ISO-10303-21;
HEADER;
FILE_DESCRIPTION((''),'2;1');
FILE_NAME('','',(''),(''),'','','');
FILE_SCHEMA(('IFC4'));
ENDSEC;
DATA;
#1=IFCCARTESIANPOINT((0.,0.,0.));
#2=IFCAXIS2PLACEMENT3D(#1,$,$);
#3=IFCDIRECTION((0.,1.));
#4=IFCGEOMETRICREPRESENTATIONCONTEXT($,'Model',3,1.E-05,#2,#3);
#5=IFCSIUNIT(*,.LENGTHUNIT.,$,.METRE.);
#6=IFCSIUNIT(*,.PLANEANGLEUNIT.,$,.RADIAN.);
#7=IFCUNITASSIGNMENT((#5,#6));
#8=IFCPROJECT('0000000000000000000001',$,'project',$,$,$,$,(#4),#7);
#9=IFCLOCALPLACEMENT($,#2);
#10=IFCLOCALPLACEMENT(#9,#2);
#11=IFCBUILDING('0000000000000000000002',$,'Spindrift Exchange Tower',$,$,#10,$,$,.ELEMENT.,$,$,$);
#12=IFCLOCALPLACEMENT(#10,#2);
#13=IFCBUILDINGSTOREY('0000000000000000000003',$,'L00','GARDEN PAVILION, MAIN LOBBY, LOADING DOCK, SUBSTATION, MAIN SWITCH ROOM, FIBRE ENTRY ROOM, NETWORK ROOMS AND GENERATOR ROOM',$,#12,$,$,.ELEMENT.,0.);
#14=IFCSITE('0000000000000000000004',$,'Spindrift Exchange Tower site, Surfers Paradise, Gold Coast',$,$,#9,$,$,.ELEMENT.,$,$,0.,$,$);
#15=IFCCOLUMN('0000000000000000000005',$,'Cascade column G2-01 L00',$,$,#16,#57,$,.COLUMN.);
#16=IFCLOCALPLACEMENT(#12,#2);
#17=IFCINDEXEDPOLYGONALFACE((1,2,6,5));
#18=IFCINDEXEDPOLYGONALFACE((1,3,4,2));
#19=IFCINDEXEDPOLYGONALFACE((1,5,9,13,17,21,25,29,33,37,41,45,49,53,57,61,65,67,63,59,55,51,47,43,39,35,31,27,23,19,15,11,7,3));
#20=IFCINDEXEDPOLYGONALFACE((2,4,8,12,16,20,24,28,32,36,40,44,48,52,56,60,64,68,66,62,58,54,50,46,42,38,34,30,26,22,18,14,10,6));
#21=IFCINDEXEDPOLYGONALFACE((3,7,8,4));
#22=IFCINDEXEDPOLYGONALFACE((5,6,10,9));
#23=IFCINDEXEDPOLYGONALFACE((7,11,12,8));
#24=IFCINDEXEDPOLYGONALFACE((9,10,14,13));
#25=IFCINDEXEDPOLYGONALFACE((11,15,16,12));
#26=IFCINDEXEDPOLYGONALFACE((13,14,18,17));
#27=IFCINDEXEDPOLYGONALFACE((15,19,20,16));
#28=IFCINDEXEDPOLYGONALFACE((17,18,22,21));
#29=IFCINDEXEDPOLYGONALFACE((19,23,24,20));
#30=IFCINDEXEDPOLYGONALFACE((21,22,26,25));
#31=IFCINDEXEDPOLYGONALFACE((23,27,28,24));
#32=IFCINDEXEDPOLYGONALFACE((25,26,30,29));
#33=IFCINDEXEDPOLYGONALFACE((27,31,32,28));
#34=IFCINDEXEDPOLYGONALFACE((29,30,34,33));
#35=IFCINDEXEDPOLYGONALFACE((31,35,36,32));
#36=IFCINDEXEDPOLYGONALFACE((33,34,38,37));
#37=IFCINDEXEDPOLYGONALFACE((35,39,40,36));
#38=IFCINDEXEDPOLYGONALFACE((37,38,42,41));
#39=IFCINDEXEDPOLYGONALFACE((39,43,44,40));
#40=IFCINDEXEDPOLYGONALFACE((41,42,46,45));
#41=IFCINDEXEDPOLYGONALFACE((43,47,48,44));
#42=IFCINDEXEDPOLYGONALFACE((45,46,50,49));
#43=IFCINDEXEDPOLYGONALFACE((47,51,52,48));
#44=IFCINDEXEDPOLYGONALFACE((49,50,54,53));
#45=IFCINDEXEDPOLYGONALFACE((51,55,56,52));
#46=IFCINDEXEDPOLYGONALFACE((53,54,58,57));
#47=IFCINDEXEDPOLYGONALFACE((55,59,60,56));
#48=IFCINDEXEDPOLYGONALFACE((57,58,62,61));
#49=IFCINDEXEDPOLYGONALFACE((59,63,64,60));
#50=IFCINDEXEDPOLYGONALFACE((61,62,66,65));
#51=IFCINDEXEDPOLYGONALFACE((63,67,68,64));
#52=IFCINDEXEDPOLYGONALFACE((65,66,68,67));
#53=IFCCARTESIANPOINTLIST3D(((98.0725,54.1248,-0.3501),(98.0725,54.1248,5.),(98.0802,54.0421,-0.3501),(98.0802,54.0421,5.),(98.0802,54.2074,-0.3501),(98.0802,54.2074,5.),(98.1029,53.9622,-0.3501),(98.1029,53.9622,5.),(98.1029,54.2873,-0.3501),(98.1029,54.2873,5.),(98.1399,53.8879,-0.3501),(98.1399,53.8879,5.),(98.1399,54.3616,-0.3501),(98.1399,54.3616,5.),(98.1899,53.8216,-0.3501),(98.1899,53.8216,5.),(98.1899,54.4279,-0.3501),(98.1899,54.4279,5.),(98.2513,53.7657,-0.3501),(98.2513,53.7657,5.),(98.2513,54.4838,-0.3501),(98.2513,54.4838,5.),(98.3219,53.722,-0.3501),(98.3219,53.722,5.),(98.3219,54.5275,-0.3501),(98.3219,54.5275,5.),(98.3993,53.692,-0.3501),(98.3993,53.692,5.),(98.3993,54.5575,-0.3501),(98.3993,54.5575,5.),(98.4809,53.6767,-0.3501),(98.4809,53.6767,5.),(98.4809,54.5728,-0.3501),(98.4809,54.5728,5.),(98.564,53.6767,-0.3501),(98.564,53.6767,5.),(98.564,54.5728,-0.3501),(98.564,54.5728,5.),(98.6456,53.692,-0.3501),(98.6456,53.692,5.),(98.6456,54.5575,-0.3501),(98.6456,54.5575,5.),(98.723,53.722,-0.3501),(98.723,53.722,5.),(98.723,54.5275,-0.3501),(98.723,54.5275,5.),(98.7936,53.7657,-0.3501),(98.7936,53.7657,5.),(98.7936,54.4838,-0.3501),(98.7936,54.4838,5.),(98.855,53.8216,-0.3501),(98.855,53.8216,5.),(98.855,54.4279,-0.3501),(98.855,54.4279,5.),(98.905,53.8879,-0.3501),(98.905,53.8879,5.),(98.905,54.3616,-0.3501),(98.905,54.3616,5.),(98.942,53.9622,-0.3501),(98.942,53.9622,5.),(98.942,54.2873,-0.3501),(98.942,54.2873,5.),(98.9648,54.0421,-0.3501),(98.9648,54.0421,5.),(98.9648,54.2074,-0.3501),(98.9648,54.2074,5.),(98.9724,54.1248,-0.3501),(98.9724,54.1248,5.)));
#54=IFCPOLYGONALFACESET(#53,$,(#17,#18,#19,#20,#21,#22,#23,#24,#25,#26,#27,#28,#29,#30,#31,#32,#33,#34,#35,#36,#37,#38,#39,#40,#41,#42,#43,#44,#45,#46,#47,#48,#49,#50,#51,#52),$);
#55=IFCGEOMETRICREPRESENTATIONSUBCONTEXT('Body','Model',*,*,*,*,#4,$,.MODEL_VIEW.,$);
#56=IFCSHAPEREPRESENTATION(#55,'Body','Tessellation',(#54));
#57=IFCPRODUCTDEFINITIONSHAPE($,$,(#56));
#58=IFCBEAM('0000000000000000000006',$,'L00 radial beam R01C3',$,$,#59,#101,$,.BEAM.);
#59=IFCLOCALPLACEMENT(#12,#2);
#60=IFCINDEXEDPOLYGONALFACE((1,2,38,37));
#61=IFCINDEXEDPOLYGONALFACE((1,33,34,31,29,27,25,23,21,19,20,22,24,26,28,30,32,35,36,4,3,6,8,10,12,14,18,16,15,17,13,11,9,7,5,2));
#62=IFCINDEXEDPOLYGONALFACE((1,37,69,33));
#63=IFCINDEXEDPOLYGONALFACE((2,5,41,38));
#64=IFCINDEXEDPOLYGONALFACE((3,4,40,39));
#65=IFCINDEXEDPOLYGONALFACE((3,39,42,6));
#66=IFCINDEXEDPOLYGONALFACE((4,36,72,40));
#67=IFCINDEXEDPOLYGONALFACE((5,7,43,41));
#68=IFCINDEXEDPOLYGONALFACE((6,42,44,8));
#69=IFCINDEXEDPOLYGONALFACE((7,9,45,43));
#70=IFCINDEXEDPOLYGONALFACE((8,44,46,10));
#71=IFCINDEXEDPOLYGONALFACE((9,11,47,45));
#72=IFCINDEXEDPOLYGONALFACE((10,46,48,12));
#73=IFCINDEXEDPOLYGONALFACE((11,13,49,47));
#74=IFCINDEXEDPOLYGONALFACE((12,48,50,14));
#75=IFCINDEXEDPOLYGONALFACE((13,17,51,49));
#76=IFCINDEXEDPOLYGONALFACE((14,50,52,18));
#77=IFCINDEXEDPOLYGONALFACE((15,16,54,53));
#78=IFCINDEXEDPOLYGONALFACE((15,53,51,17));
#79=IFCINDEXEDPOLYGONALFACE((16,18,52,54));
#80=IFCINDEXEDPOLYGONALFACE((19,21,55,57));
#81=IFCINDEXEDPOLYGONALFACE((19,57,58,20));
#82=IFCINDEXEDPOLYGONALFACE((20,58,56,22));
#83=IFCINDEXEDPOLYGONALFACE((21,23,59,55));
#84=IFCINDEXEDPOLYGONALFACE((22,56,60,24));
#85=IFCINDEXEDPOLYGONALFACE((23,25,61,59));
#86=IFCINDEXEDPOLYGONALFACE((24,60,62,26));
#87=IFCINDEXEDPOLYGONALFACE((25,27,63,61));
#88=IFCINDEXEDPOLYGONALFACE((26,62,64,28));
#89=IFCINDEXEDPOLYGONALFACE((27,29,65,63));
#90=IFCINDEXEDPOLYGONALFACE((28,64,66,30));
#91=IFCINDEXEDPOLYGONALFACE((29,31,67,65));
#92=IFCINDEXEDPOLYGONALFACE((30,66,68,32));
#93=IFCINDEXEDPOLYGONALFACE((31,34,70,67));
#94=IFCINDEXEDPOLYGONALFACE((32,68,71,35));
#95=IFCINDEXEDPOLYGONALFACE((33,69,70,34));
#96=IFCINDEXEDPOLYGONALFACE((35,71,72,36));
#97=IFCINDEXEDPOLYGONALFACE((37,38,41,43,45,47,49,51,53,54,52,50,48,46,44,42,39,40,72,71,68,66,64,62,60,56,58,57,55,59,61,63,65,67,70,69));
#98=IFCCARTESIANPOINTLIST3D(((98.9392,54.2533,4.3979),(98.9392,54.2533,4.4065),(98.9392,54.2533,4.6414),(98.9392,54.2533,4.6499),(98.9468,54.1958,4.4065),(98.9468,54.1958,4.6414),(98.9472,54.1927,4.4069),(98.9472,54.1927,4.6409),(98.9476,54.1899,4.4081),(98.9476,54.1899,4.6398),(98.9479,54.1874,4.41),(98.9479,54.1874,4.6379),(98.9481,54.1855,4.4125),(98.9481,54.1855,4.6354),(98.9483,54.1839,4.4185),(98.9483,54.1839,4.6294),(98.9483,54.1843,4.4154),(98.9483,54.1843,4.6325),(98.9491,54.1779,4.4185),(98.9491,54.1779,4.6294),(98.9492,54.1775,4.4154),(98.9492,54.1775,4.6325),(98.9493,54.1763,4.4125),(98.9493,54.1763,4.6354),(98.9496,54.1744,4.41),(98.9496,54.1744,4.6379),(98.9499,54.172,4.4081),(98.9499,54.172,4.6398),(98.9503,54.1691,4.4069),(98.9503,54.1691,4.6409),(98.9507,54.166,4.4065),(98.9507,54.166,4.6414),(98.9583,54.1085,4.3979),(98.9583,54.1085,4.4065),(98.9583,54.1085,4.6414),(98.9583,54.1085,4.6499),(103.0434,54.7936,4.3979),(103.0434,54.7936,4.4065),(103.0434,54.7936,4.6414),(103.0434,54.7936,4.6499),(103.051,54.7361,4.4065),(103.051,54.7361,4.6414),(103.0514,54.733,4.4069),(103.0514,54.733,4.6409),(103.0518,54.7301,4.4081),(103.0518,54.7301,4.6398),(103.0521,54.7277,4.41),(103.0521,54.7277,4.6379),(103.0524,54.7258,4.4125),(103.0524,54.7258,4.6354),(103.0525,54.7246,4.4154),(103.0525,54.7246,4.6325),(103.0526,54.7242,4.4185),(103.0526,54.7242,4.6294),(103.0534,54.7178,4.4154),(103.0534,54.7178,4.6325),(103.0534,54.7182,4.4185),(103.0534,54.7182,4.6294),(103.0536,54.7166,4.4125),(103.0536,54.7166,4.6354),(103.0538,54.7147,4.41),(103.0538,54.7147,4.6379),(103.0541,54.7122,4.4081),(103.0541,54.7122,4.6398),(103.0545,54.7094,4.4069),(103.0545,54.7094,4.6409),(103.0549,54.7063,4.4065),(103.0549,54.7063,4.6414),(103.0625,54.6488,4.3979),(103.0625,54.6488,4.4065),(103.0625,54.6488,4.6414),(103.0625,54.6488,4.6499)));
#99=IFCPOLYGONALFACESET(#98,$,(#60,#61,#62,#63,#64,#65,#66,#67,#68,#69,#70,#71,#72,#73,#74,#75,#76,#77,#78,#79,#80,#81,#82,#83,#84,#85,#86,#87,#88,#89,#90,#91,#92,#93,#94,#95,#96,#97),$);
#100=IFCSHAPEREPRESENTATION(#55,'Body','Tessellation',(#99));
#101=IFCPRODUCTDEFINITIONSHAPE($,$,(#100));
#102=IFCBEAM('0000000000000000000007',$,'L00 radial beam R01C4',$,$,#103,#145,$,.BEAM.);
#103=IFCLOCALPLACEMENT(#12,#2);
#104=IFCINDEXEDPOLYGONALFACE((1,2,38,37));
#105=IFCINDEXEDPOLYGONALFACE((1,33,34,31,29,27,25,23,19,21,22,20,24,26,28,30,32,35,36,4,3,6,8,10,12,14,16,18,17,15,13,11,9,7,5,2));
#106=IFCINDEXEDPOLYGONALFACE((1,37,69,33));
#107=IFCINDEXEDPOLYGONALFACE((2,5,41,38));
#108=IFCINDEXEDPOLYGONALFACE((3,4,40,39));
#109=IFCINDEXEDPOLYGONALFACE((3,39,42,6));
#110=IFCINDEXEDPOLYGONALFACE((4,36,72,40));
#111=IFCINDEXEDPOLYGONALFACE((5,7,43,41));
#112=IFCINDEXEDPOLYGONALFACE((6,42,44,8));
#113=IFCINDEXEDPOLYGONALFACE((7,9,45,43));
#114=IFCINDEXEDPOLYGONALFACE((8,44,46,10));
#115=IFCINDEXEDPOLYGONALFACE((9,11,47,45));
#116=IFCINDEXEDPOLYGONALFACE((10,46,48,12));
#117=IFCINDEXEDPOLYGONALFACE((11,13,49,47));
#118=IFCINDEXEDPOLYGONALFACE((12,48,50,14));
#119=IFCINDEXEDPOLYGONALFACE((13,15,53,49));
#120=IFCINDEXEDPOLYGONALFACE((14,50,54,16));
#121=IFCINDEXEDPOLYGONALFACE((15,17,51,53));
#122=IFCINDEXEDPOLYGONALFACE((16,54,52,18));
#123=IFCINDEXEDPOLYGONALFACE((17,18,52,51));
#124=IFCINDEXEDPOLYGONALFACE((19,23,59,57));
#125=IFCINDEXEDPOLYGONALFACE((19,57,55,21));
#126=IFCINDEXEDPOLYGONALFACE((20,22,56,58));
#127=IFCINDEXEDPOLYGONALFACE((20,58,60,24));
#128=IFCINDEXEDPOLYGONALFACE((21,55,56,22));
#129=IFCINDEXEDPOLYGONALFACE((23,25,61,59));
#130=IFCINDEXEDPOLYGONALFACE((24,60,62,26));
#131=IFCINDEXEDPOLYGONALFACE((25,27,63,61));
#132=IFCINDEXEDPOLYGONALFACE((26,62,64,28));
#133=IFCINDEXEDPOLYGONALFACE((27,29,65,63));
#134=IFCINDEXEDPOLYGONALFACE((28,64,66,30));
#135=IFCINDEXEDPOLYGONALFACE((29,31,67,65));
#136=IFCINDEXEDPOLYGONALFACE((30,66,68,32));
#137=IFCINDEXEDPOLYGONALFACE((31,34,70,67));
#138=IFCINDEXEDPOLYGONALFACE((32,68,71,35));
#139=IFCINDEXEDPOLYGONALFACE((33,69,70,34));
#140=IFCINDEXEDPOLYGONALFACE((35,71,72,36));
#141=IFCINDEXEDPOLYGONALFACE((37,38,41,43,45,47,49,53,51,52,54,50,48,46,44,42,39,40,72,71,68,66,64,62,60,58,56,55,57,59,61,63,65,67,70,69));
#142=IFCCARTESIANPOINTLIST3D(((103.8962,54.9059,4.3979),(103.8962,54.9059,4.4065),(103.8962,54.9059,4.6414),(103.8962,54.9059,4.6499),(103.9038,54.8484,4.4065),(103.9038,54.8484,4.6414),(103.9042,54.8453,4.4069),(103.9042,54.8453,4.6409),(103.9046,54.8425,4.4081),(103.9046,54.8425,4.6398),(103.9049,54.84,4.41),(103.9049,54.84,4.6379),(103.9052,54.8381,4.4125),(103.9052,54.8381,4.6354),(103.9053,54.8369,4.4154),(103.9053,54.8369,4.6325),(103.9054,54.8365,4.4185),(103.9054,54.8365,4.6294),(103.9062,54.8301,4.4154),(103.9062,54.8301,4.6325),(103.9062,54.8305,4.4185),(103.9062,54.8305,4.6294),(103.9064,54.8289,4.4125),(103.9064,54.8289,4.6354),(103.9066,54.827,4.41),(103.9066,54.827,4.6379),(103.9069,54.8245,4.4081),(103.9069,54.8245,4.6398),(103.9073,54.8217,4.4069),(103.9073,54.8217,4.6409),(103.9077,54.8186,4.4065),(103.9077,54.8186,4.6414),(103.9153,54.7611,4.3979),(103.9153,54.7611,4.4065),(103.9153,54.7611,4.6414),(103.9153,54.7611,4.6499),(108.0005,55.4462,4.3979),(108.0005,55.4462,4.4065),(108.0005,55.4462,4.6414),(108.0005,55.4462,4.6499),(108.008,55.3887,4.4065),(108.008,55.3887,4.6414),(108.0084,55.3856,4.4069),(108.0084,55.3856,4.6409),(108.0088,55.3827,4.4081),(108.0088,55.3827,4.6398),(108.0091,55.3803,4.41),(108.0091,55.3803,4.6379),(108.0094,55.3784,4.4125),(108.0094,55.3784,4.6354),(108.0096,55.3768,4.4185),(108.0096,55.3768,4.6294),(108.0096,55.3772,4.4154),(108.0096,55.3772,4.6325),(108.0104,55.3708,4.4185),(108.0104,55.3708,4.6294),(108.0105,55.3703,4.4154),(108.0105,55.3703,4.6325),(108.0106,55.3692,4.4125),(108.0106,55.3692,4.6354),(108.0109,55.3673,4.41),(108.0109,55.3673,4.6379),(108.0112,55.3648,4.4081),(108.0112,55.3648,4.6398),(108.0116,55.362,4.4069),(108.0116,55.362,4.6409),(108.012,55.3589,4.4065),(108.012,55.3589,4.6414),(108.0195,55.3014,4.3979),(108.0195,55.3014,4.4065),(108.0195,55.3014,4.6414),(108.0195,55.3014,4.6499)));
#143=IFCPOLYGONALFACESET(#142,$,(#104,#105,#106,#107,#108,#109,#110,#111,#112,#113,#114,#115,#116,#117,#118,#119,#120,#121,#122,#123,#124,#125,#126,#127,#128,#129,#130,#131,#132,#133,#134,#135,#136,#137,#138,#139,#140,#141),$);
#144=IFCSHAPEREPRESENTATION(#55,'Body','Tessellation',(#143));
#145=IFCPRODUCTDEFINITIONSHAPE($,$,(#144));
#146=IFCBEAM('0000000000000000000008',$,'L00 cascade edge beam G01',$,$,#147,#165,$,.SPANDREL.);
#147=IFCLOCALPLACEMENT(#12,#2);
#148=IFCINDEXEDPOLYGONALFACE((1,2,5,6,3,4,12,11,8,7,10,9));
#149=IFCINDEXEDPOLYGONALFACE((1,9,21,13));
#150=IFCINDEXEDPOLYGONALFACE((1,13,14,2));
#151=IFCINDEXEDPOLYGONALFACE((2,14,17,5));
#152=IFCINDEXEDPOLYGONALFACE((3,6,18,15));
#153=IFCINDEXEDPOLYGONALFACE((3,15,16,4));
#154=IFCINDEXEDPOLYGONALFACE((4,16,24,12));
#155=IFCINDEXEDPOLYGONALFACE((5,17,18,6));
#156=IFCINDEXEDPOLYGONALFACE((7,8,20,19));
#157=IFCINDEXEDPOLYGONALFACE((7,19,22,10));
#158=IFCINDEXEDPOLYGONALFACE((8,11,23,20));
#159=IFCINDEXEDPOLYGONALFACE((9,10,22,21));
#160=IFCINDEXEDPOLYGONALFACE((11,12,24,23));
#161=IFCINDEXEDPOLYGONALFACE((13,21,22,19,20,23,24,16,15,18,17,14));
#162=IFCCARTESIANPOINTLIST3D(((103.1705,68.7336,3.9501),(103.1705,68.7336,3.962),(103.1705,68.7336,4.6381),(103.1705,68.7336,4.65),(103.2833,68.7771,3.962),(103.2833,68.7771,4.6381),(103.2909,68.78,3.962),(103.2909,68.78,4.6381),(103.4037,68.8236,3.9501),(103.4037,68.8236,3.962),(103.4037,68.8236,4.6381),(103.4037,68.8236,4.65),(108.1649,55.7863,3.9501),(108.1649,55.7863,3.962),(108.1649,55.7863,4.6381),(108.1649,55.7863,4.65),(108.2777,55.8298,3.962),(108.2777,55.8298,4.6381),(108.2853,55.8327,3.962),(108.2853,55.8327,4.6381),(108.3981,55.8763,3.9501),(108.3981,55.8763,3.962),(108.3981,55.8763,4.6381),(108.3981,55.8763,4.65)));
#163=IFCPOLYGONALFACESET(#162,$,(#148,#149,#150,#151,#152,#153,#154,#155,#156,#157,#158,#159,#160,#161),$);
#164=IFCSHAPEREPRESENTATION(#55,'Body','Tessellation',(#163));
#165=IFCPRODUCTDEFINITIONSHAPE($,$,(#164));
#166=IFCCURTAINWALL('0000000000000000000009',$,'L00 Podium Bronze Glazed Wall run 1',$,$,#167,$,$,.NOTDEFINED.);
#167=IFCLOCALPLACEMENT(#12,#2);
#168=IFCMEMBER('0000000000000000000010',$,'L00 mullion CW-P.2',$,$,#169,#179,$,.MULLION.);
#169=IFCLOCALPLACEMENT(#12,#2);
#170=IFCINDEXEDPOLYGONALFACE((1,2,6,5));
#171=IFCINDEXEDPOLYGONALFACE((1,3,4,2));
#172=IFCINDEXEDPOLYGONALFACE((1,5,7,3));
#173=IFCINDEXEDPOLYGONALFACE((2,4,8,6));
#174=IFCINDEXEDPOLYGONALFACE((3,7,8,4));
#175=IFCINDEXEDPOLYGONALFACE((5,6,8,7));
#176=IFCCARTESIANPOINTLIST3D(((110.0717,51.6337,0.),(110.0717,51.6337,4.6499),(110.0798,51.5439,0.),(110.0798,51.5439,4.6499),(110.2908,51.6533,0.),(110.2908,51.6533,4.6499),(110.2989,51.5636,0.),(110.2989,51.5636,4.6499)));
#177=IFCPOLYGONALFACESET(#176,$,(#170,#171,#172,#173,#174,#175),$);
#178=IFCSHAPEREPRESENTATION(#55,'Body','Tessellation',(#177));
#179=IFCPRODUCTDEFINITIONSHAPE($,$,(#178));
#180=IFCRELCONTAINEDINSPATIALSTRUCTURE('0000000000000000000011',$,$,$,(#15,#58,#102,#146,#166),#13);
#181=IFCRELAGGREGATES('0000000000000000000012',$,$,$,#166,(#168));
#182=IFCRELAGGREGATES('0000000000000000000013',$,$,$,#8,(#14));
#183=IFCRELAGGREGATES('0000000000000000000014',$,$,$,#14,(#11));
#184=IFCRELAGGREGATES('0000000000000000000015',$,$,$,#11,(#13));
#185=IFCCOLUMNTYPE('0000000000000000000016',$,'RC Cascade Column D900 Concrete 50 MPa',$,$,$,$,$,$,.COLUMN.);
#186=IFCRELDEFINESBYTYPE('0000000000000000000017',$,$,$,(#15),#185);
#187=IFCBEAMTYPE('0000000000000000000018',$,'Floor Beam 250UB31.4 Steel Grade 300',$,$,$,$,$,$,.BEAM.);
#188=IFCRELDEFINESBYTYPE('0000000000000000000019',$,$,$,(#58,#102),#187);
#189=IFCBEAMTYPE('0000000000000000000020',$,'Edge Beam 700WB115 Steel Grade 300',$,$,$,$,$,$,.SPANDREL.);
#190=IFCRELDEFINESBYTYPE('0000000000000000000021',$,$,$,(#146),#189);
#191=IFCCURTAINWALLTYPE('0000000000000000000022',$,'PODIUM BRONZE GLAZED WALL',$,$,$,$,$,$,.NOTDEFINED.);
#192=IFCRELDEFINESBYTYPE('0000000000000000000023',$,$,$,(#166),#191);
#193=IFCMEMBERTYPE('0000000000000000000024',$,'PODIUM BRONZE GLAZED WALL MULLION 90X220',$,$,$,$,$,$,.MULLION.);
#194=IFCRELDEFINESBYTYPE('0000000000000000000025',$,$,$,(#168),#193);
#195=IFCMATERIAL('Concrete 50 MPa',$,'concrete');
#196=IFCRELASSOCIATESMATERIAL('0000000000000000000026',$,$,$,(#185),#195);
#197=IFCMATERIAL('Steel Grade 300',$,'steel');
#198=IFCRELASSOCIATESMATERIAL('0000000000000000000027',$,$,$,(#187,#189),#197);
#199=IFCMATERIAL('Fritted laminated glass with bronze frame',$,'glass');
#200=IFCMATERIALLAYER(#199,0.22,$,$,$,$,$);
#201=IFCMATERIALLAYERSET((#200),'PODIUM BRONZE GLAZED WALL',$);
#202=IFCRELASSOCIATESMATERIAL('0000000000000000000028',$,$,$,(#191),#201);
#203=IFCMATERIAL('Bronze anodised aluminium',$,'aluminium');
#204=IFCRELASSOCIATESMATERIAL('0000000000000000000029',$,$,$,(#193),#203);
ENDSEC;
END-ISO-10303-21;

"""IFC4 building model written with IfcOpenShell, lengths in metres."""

from ifc_helpers import new_model, si_unit, direction, frame, origin, origin_2d, place, context, subcontext, project, spatial, rectangle, circle, i_section, extrude, source, transform, mapped, material, layer, layer_set, material_profile, profile_set, type_object, element, aggregate, save


model = new_model("IFC4")

# Units and contexts
model_context = context("Model", 3, precision=1e-05, world=origin(), true_north=direction((0.0, 1.0)))
body_context = subcontext(model_context, "Body", "Model", "MODEL_VIEW")
ifc_project = project(units=[si_unit("LENGTHUNIT", "METRE"), si_unit("PLANEANGLEUNIT", "RADIAN")], contexts=[model_context])

# Site, building, storey
site_placement = place(None, origin())
site = spatial("IfcSite", under=ifc_project, at=site_placement, Name="Spindrift Exchange Tower site, Surfers Paradise, Gold Coast", CompositionType="ELEMENT", RefElevation=0.0)
building_placement = place(site_placement, origin())
building = spatial("IfcBuilding", under=site, at=building_placement, Name="Spindrift Exchange Tower", CompositionType="ELEMENT")
storey_placement = place(building_placement, origin())
storey = spatial("IfcBuildingStorey", under=building, at=storey_placement, Name="L00", Description="GARDEN PAVILION, MAIN LOBBY, LOADING DOCK, SUBSTATION, MAIN SWITCH ROOM, FIBRE ENTRY ROOM, NETWORK ROOMS AND GENERATOR ROOM", CompositionType="ELEMENT", Elevation=0.0)

# Column
ifc_material_1 = material(Name="Concrete 50 MPa", Category="concrete")
ifc_material_profile_1 = material_profile(ifc_material_1, circle(Radius=0.45, at=origin_2d()), Name="RC D900")
ifc_profile_set_1 = profile_set([ifc_material_profile_1], Name="Concrete 50 MPa")
column_type = type_object("IfcColumnType", Name="RC Cascade Column D900 Concrete 50 MPa", PredefinedType="COLUMN", material=ifc_profile_set_1)
shared_shape_1 = source(origin(), body_context, "Body", "SweptSolid", [
    extrude(circle(Radius=0.45, at=origin_2d()), origin(), (0.0, 0.0, 1.0), 5.3501),
])
for number, where, z_axis, x_axis, name in (
    (1, (98.5225, 54.1248, -0.3501), (0.0, 0.0, 1.0), (1.0, 0.0, 0.0), "Cascade column G2-01 L00"),
):
    element("IfcColumn", number, at=place(storey_placement, frame(where, z_axis=z_axis, x_axis=x_axis)), inside=storey, type_object=column_type, Name=name, PredefinedType="COLUMN", context=body_context, shape_type="MappedRepresentation", body=[
        mapped(shared_shape_1, transform((0.0, 0.0, 0.0), scale=1.0)),
    ])

# Beams
ifc_material_2 = material(Name="Steel Grade 300", Category="steel")
ifc_material_profile_2 = material_profile(ifc_material_2, i_section(OverallWidth=0.146, OverallDepth=0.252, WebThickness=0.0061, FlangeThickness=0.0085, FilletRadius=0.012, at=origin_2d()), Name="250UB31.4")
ifc_profile_set_2 = profile_set([ifc_material_profile_2], Name="Steel Grade 300")
beam_type_1 = type_object("IfcBeamType", Name="Floor Beam 250UB31.4 Steel Grade 300", PredefinedType="BEAM", material=ifc_profile_set_2)
shared_shape_2 = source(origin(), body_context, "Body", "SweptSolid", [
    extrude(i_section(OverallWidth=0.146, OverallDepth=0.252, WebThickness=0.0061, FlangeThickness=0.0085, FilletRadius=0.012, at=origin_2d()), origin(), (0.0, 0.0, 1.0), 4.1396),
])
for number, where, z_axis, x_axis, name in (
    (2, (98.9487, 54.1809, 4.5239), (0.991446, 0.130514, 0.0), (-0.130514, 0.991446, 0.0), "L00 radial beam R01C3"),
    (3, (103.9058, 54.8335, 4.5239), (0.991446, 0.130514, 0.0), (-0.130514, 0.991446, 0.0), "L00 radial beam R01C4"),
):
    element("IfcBeam", number, at=place(storey_placement, frame(where, z_axis=z_axis, x_axis=x_axis)), inside=storey, type_object=beam_type_1, Name=name, PredefinedType="BEAM", context=body_context, shape_type="MappedRepresentation", body=[
        mapped(shared_shape_2, transform((0.0, 0.0, 0.0), scale=1.0)),
    ])
ifc_material_profile_3 = material_profile(ifc_material_2, i_section(OverallWidth=0.25, OverallDepth=0.7, WebThickness=0.0081, FlangeThickness=0.012, at=origin_2d()), Name="700WB115")
ifc_profile_set_3 = profile_set([ifc_material_profile_3], Name="Steel Grade 300")
beam_type_2 = type_object("IfcBeamType", Name="Edge Beam 700WB115 Steel Grade 300", PredefinedType="SPANDREL", material=ifc_profile_set_3)
shared_shape_3 = source(origin(), body_context, "Body", "SweptSolid", [
    extrude(i_section(OverallWidth=0.25, OverallDepth=0.7, WebThickness=0.0081, FlangeThickness=0.012, at=origin_2d()), origin(), (0.0, 0.0, 1.0), 13.8772),
])
beam_placement = place(storey_placement, frame((108.2815, 55.8313, 4.3), z_axis=(-0.3599, 0.932991, 0.0), x_axis=(-0.932991, -0.3599, 0.0)))
element("IfcBeam", 4, at=beam_placement, inside=storey, type_object=beam_type_2, Name="L00 cascade edge beam G01", PredefinedType="SPANDREL", context=body_context, shape_type="MappedRepresentation", body=[
    mapped(shared_shape_3, transform((0.0, 0.0, 0.0), scale=1.0)),
])

# Curtain wall, member
ifc_material_3 = material(Name="Fritted laminated glass with bronze frame", Category="glass")
ifc_layer_1 = layer(ifc_material_3, 0.22)
ifc_layer_set_1 = layer_set([ifc_layer_1], Name="PODIUM BRONZE GLAZED WALL")
curtain_wall_type = type_object("IfcCurtainWallType", Name="PODIUM BRONZE GLAZED WALL", PredefinedType="NOTDEFINED", material=ifc_layer_set_1)
curtain_wall_placement = place(storey_placement, origin())
curtain_wall = element("IfcCurtainWall", 5, at=curtain_wall_placement, inside=storey, type_object=curtain_wall_type, Name="L00 Podium Bronze Glazed Wall run 1", PredefinedType="NOTDEFINED")
ifc_material_4 = material(Name="Bronze anodised aluminium", Category="aluminium")
ifc_material_profile_4 = material_profile(ifc_material_4, rectangle(XDim=0.0901, YDim=0.22, at=origin_2d()), Name="PODIUM BRONZE GLAZED WALL MULLION 90X220")
ifc_profile_set_4 = profile_set([ifc_material_profile_4], Name="Bronze anodised aluminium")
member_type_1 = type_object("IfcMemberType", Name="PODIUM BRONZE GLAZED WALL MULLION 90X220", PredefinedType="MULLION", material=ifc_profile_set_4)
shared_shape_4 = source(origin(), body_context, "Body", "SweptSolid", [
    extrude(rectangle(XDim=0.0901, YDim=0.22, at=origin_2d()), origin(), (0.0, 0.0, 1.0), 4.6499),
])
member_1_placement = place(storey_placement, frame((110.1853, 51.5986, 0.0), z_axis=(0.0, 0.0, 1.0), x_axis=(-0.089488, 0.995988, 0.0)))
member_1 = element("IfcMember", 6, at=member_1_placement, type_object=member_type_1, Name="L00 mullion CW-P.2", PredefinedType="MULLION", context=body_context, shape_type="MappedRepresentation", body=[
    mapped(shared_shape_4, transform((0.0, 0.0, 0.0), scale=1.0)),
])
aggregate(curtain_wall, [member_1])

save(model, "model.ifc")
